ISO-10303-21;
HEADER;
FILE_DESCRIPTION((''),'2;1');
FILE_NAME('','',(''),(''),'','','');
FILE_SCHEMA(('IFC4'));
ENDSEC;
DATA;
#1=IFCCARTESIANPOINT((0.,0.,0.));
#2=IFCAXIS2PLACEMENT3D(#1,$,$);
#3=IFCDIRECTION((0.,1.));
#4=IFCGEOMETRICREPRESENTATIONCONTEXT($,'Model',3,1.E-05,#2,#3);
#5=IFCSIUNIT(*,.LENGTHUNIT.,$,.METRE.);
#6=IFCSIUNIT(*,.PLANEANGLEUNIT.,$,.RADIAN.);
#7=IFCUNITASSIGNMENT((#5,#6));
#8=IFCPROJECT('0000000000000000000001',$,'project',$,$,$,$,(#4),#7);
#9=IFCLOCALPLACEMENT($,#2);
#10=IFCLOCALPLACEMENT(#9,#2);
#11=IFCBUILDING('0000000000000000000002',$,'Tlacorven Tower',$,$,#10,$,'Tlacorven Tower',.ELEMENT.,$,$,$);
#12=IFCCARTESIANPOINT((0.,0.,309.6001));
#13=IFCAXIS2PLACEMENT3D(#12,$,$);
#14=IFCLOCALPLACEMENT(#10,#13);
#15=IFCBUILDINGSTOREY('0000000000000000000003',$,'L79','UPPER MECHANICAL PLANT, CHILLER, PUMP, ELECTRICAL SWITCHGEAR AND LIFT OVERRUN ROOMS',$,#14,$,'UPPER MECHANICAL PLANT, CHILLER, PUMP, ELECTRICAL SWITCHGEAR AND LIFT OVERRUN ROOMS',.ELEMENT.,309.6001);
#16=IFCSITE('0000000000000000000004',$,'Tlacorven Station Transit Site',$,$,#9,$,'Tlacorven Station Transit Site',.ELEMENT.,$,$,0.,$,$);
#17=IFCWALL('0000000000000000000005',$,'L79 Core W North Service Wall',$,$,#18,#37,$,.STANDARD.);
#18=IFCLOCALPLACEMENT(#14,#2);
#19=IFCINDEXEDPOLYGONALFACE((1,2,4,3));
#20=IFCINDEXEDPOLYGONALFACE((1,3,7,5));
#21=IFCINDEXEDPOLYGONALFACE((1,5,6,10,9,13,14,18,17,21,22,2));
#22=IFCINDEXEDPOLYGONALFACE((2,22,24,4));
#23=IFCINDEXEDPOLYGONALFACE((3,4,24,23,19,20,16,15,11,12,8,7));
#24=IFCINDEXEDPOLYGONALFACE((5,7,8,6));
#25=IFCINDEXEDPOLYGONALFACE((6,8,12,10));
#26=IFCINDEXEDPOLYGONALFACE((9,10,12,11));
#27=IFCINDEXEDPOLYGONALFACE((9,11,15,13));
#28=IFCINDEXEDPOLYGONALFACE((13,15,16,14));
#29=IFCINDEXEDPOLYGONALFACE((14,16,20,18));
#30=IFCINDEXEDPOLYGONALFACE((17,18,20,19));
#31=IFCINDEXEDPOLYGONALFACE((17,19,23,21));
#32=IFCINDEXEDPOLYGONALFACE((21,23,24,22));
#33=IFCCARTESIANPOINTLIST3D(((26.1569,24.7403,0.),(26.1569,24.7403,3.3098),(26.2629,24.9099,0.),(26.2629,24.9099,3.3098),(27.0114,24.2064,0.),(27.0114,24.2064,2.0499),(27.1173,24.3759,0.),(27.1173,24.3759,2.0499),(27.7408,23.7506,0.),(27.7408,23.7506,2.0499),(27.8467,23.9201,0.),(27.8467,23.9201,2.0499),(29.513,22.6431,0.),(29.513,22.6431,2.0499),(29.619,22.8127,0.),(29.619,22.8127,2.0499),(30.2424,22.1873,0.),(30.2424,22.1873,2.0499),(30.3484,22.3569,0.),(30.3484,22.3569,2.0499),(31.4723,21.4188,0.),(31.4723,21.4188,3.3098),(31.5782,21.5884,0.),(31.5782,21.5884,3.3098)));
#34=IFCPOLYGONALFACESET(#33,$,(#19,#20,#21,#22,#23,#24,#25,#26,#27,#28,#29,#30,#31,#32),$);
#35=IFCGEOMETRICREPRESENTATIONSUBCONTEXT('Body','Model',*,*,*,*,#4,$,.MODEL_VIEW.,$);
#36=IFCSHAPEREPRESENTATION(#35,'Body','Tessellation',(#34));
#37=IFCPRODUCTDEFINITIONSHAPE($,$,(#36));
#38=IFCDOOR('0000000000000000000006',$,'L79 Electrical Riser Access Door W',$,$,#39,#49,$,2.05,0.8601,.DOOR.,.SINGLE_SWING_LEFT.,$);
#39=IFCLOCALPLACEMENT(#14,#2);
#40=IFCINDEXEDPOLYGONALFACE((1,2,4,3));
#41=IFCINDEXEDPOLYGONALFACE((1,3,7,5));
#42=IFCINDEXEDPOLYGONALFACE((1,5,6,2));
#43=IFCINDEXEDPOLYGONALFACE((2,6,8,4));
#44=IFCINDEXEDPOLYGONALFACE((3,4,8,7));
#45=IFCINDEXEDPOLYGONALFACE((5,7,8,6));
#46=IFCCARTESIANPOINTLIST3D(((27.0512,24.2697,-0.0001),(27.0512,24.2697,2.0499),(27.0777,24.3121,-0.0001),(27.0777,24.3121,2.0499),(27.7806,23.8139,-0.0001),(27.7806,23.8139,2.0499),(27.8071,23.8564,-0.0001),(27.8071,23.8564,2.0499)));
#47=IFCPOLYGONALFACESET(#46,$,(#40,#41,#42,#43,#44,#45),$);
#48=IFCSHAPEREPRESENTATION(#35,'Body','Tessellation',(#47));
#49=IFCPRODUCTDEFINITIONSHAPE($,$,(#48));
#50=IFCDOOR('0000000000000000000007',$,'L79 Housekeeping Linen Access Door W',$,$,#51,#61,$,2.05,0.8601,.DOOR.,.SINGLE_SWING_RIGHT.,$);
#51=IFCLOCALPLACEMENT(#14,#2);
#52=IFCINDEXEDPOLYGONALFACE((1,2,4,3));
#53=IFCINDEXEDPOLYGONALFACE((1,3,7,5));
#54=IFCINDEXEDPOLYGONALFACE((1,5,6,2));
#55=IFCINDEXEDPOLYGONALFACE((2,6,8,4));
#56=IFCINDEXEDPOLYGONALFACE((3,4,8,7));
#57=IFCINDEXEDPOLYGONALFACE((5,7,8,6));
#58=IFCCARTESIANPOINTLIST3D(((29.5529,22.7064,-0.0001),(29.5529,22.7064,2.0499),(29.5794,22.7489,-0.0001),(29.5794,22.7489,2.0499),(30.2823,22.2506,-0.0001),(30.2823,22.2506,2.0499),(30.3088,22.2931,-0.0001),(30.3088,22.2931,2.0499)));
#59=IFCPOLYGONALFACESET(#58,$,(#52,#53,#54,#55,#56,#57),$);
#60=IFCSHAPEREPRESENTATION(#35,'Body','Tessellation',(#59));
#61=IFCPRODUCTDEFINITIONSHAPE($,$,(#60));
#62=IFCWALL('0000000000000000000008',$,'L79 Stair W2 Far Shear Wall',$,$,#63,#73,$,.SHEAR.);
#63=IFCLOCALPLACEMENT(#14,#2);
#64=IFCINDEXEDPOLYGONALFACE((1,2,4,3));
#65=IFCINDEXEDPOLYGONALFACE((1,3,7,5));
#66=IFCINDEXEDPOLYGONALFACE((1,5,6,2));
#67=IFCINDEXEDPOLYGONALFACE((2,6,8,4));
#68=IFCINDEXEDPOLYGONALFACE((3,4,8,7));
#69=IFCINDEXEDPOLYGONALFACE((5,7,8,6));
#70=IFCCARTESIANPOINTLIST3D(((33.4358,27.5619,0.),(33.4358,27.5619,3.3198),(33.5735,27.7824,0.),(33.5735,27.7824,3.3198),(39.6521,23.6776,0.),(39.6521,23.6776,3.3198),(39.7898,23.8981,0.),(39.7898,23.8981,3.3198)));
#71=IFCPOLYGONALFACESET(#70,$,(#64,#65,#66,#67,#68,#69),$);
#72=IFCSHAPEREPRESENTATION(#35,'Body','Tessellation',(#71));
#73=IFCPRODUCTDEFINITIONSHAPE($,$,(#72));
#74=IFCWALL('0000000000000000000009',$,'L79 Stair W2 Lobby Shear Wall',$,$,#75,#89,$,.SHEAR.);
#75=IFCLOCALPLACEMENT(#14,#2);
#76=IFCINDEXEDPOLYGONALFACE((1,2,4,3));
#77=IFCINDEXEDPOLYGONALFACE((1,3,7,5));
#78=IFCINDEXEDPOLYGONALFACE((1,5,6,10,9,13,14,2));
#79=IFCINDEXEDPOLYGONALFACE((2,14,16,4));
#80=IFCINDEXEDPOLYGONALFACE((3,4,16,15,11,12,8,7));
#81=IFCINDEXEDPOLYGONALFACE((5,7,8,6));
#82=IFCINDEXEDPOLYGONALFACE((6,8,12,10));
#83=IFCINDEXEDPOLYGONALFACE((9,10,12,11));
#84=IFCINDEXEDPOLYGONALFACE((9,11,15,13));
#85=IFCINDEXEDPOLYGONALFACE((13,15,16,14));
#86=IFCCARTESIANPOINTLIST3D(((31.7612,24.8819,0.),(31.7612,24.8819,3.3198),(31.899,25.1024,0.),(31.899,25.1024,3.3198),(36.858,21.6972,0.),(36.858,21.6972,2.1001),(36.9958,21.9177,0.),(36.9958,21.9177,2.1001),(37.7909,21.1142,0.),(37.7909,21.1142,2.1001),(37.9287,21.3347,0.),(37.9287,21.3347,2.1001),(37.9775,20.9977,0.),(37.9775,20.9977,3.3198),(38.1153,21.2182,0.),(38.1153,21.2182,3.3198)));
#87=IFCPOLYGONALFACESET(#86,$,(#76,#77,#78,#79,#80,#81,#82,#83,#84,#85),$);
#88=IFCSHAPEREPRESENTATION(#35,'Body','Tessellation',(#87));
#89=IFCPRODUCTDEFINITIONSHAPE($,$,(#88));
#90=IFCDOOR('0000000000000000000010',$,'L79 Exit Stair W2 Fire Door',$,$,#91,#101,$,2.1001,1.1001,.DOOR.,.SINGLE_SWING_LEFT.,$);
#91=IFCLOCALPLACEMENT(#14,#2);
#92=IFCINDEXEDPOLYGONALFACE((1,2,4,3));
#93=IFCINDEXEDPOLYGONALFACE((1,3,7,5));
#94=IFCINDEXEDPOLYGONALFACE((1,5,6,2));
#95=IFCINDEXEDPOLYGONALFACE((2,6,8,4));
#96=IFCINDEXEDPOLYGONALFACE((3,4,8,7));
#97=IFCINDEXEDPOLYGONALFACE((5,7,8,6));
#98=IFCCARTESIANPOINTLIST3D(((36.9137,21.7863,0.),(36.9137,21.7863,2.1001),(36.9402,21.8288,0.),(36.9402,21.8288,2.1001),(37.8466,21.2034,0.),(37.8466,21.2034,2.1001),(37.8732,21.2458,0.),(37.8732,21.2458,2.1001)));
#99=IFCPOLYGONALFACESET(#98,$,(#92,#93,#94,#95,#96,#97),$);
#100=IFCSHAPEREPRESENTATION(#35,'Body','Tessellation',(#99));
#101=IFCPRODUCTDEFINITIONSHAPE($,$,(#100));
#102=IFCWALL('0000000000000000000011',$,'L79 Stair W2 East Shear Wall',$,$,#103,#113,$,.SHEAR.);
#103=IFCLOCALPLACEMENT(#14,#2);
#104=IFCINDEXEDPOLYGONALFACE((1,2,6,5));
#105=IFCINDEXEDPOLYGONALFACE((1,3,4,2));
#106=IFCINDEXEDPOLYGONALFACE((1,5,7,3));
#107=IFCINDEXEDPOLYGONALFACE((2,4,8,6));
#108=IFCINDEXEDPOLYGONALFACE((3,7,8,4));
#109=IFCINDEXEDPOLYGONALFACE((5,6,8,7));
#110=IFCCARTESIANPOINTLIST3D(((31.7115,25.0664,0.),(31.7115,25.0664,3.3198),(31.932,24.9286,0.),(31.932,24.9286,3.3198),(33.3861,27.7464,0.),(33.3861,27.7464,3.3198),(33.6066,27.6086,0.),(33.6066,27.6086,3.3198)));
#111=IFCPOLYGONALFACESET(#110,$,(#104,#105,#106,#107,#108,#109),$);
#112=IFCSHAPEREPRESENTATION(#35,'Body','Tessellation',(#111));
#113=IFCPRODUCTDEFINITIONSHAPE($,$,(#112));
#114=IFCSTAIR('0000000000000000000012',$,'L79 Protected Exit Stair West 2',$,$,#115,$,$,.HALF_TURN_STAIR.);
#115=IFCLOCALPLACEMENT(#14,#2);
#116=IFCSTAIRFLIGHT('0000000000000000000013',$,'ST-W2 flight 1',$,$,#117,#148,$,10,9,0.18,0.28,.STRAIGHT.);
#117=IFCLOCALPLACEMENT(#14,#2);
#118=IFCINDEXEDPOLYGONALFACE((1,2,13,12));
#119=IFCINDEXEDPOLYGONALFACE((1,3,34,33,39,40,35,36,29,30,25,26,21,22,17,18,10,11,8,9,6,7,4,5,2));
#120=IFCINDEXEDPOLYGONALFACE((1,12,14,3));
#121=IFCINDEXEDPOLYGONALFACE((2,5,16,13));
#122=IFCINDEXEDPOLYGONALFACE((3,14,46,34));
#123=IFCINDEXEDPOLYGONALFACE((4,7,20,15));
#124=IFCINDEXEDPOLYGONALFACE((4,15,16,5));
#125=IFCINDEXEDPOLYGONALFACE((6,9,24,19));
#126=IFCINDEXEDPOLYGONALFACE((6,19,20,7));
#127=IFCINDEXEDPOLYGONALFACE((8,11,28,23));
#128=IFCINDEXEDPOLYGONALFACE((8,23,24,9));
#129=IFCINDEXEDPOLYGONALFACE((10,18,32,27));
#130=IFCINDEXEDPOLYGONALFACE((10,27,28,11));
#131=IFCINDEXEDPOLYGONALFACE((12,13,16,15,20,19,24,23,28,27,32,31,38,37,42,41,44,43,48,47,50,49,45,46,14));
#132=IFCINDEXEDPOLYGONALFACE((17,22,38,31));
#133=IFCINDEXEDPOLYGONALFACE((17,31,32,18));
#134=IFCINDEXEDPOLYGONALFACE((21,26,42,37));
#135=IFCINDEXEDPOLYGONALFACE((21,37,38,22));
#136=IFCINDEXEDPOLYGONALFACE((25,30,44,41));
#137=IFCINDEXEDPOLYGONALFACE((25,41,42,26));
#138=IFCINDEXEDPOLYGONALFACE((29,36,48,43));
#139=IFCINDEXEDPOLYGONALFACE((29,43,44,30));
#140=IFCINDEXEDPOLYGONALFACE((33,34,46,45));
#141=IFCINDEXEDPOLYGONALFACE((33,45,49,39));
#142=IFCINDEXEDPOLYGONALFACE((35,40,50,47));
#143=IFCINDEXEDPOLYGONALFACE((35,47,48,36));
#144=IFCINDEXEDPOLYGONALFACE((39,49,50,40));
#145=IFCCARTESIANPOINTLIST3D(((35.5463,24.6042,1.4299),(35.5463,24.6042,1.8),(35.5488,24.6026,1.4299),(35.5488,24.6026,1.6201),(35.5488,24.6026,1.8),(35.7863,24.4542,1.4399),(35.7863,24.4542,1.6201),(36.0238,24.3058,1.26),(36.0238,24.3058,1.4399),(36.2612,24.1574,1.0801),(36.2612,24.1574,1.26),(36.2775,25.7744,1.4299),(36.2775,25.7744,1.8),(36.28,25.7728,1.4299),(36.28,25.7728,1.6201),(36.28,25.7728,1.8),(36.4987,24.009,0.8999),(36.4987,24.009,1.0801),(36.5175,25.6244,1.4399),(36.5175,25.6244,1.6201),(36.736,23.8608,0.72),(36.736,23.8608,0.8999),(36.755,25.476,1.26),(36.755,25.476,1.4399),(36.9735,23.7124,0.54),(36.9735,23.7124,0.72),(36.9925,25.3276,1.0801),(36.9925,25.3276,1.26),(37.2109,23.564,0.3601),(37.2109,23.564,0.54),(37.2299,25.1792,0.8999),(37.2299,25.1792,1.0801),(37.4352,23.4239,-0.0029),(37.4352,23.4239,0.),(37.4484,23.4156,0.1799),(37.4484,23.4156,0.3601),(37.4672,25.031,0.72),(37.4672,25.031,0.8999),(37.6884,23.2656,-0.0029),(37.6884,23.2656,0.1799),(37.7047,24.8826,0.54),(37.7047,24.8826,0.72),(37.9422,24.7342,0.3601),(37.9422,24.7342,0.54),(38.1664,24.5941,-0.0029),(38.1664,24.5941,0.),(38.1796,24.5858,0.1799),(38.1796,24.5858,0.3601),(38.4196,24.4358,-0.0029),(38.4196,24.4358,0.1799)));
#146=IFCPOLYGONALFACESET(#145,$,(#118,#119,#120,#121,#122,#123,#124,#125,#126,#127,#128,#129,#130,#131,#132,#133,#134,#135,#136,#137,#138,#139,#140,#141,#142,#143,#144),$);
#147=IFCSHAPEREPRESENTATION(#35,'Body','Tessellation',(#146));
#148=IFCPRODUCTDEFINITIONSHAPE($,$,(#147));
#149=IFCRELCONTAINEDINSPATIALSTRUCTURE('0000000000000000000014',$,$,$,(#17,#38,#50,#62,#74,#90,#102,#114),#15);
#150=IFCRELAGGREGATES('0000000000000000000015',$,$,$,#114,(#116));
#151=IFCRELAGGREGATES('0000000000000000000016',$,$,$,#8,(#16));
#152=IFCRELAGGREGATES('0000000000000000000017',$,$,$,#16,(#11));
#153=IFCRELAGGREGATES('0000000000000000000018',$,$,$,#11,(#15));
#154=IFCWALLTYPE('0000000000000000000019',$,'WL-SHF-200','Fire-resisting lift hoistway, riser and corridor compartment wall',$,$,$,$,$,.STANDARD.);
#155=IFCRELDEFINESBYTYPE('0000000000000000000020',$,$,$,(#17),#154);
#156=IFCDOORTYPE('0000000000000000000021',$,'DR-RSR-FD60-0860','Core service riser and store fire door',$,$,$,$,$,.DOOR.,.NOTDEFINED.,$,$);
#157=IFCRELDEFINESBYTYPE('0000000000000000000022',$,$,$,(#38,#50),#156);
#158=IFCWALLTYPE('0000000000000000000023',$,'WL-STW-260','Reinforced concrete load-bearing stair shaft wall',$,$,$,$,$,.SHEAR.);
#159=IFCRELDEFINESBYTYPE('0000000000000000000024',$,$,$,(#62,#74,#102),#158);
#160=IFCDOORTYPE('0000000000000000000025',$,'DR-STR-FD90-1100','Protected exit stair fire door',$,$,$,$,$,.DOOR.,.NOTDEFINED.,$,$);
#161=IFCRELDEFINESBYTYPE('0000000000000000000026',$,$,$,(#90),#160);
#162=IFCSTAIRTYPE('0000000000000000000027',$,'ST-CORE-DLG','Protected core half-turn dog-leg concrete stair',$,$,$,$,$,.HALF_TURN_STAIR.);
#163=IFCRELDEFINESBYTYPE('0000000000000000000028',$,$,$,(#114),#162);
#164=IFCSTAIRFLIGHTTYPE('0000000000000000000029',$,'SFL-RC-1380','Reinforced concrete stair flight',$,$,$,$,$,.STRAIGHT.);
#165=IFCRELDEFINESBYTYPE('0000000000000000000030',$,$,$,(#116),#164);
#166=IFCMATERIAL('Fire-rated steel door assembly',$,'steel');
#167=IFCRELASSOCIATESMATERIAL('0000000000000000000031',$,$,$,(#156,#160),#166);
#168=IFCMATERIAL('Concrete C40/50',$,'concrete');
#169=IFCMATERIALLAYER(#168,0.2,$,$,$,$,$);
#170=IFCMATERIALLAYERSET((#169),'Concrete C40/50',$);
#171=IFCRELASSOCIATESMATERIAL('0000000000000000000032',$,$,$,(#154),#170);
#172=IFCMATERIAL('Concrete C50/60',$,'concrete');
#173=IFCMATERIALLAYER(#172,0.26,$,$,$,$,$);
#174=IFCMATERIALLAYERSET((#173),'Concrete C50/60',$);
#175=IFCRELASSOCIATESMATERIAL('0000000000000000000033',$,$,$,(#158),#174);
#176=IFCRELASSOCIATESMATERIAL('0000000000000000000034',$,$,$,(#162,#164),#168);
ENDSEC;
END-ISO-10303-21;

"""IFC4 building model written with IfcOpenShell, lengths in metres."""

from ifc_helpers import new_model, si_unit, direction, frame, frame_2d, origin, place, context, subcontext, project, spatial, polyline, rectangle, outline, extrude, source, transform, mapped, material, layer, layer_set, type_object, element, fill, aggregate, save


model = new_model("IFC4")

# Units and contexts
model_context = context("Model", 3, precision=1e-05, world=origin(), true_north=direction((0.0, 1.0)))
body_context = subcontext(model_context, "Body", "Model", "MODEL_VIEW")
ifc_project = project(units=[si_unit("LENGTHUNIT", "METRE"), si_unit("PLANEANGLEUNIT", "RADIAN")], contexts=[model_context])

# Site, building, storey
site_placement = place(None, origin())
site = spatial("IfcSite", under=ifc_project, at=site_placement, Name="Tlacorven Station Transit Site", LongName="Tlacorven Station Transit Site", CompositionType="ELEMENT", RefElevation=0.0)
building_placement = place(site_placement, origin())
building = spatial("IfcBuilding", under=site, at=building_placement, Name="Tlacorven Tower", LongName="Tlacorven Tower", CompositionType="ELEMENT")
storey_placement = place(building_placement, frame((0.0, 0.0, 309.6001)))
storey = spatial("IfcBuildingStorey", under=building, at=storey_placement, Name="L79", Description="UPPER MECHANICAL PLANT, CHILLER, PUMP, ELECTRICAL SWITCHGEAR AND LIFT OVERRUN ROOMS", LongName="UPPER MECHANICAL PLANT, CHILLER, PUMP, ELECTRICAL SWITCHGEAR AND LIFT OVERRUN ROOMS", CompositionType="ELEMENT", Elevation=309.6001)

# Shared definitions
ifc_material_1 = material(Name="Concrete C50/60", Category="concrete")

# Shared definitions
ifc_material_2 = material(Name="Fire-rated steel door assembly", Category="steel")
door_type_1 = type_object("IfcDoorType", Name="DR-RSR-FD60-0860", Description="Core service riser and store fire door", OperationType="NOTDEFINED", PredefinedType="DOOR", material=ifc_material_2)
shared_shape_1 = source(origin(), body_context, "Body", "SweptSolid", [
    extrude(rectangle(XDim=0.8601, YDim=2.05, at=frame_2d((0.4302, 1.0249))), frame((0.0, 0.0249, 0.0), z_axis=(0.0, -1.0, 0.0), x_axis=(1.0, 0.0, 0.0)), (0.0, 0.0, 1.0), 0.05),
])

# Shared definitions
ifc_material_3 = material(Name="Concrete C40/50", Category="concrete")
ifc_layer_1 = layer(ifc_material_3, 0.2)
ifc_layer_set_1 = layer_set([ifc_layer_1], Name="Concrete C40/50")
wall_type_1 = type_object("IfcWallType", Name="WL-SHF-200", Description="Fire-resisting lift hoistway, riser and corridor compartment wall", PredefinedType="STANDARD", material=ifc_layer_set_1)

# Wall, openings, doors
wall_1_placement = place(storey_placement, frame((31.5251, 21.5037, 0.0), z_axis=(0.0, 0.0, 1.0), x_axis=(-0.848042, 0.529929, 0.0)))
wall_1 = element("IfcWall", 1, at=wall_1_placement, inside=storey, type_object=wall_type_1, Name="L79 Core W North Service Wall", PredefinedType="STANDARD", context=body_context, shape_type="SweptSolid", body=[
    extrude(rectangle(XDim=6.2678, YDim=0.2, at=frame_2d((3.1338, 0.0))), origin(), (0.0, 0.0, 1.0), 3.3098),
])
opening_1_placement = place(wall_1_placement, frame((4.3999, 0.0, 0.0)))
opening_1 = element("IfcOpeningElement", 2, at=opening_1_placement, cuts=wall_1, PredefinedType="OPENING", context=body_context, shape_type="SweptSolid", body=[
    extrude(rectangle(XDim=0.8601, YDim=2.05, at=frame_2d((0.4302, 1.0249))), frame((0.0, 0.1099, 0.0), z_axis=(0.0, -1.0, 0.0), x_axis=(1.0, 0.0, 0.0)), (0.0, 0.0, 1.0), 0.22),
])
opening_2_placement = place(wall_1_placement, frame((1.45, 0.0, 0.0)))
opening_2 = element("IfcOpeningElement", 3, at=opening_2_placement, cuts=wall_1, PredefinedType="OPENING", context=body_context, shape_type="SweptSolid", body=[
    extrude(rectangle(XDim=0.8601, YDim=2.05, at=frame_2d((0.4302, 1.0249))), frame((0.0, 0.1099, 0.0), z_axis=(0.0, -1.0, 0.0), x_axis=(1.0, 0.0, 0.0)), (0.0, 0.0, 1.0), 0.22),
])
door_1_placement = place(opening_1_placement, frame((0.8601, 0.0, 0.0), z_axis=(0.0, 0.0, 1.0), x_axis=(-1.0, 0.0, 0.0)))
door_1 = element("IfcDoor", 4, at=door_1_placement, inside=storey, type_object=door_type_1, Name="L79 Electrical Riser Access Door W", OperationType="SINGLE_SWING_LEFT", OverallHeight=2.05, OverallWidth=0.8601, PredefinedType="DOOR", context=body_context, shape_type="MappedRepresentation", body=[
    mapped(shared_shape_1, transform((0.0, 0.0, 0.0), scale=1.0)),
])
fill(opening_1, door_1)
door_2_placement = place(opening_2_placement, frame((0.8601, 0.0, 0.0), z_axis=(0.0, 0.0, 1.0), x_axis=(-1.0, 0.0, 0.0)))
door_2 = element("IfcDoor", 5, at=door_2_placement, inside=storey, type_object=door_type_1, Name="L79 Housekeeping Linen Access Door W", OperationType="SINGLE_SWING_RIGHT", OverallHeight=2.05, OverallWidth=0.8601, PredefinedType="DOOR", context=body_context, shape_type="MappedRepresentation", body=[
    mapped(shared_shape_1, transform((0.0, 0.0, 0.0), scale=1.0)),
])
fill(opening_2, door_2)

# Wall
ifc_layer_2 = layer(ifc_material_1, 0.26)
ifc_layer_set_2 = layer_set([ifc_layer_2], Name="Concrete C50/60")
wall_type_2 = type_object("IfcWallType", Name="WL-STW-260", Description="Reinforced concrete load-bearing stair shaft wall", PredefinedType="SHEAR", material=ifc_layer_set_2)
wall_2_placement = place(storey_placement, frame((39.7209, 23.7878, 0.0), z_axis=(0.0, 0.0, 1.0), x_axis=(-0.848054, 0.529909, 0.0)))
element("IfcWall", 6, at=wall_2_placement, inside=storey, type_object=wall_type_2, Name="L79 Stair W2 Far Shear Wall", PredefinedType="SHEAR", context=body_context, shape_type="SweptSolid", body=[
    extrude(rectangle(XDim=7.3301, YDim=0.26, at=frame_2d((3.665, 0.0))), origin(), (0.0, 0.0, 1.0), 3.3198),
])

# Wall, opening, door
wall_3_placement = place(storey_placement, frame((38.0464, 21.1079, 0.0), z_axis=(0.0, 0.0, 1.0), x_axis=(-0.848054, 0.529909, 0.0)))
wall_3 = element("IfcWall", 7, at=wall_3_placement, inside=storey, type_object=wall_type_2, Name="L79 Stair W2 Lobby Shear Wall", PredefinedType="SHEAR", context=body_context, shape_type="SweptSolid", body=[
    extrude(rectangle(XDim=7.3301, YDim=0.26, at=frame_2d((3.665, 0.0))), origin(), (0.0, 0.0, 1.0), 3.3198),
])
opening_3_placement = place(wall_3_placement, frame((0.22, 0.0, 0.0)))
opening_3 = element("IfcOpeningElement", 8, at=opening_3_placement, cuts=wall_3, PredefinedType="OPENING", context=body_context, shape_type="SweptSolid", body=[
    extrude(rectangle(XDim=1.1001, YDim=2.1001, at=frame_2d((0.55, 1.05))), frame((0.0, 0.1401, 0.0), z_axis=(0.0, -1.0, 0.0), x_axis=(1.0, 0.0, 0.0)), (0.0, 0.0, 1.0), 0.28),
])
door_type_2 = type_object("IfcDoorType", Name="DR-STR-FD90-1100", Description="Protected exit stair fire door", OperationType="NOTDEFINED", PredefinedType="DOOR", material=ifc_material_2)
shared_shape_2 = source(origin(), body_context, "Body", "SweptSolid", [
    extrude(rectangle(XDim=1.1001, YDim=2.1001, at=frame_2d((0.55, 1.05))), frame((0.0, 0.0249, 0.0), z_axis=(0.0, -1.0, 0.0), x_axis=(1.0, 0.0, 0.0)), (0.0, 0.0, 1.0), 0.05),
])
door_3_placement = place(opening_3_placement, origin())
door_3 = element("IfcDoor", 9, at=door_3_placement, inside=storey, type_object=door_type_2, Name="L79 Exit Stair W2 Fire Door", OperationType="SINGLE_SWING_LEFT", OverallHeight=2.1001, OverallWidth=1.1001, PredefinedType="DOOR", context=body_context, shape_type="MappedRepresentation", body=[
    mapped(shared_shape_2, transform((0.0, 0.0, 0.0), scale=1.0)),
])
fill(opening_3, door_3)

# Wall
wall_4_placement = place(storey_placement, frame((33.4963, 27.6775, 0.0), z_axis=(0.0, 0.0, 1.0), x_axis=(-0.529909, -0.848055, 0.0)))
element("IfcWall", 10, at=wall_4_placement, inside=storey, type_object=wall_type_2, Name="L79 Stair W2 East Shear Wall", PredefinedType="SHEAR", context=body_context, shape_type="SweptSolid", body=[
    extrude(rectangle(XDim=3.1602, YDim=0.26, at=frame_2d((1.5801, 0.0))), origin(), (0.0, 0.0, 1.0), 3.3198),
])

# Stair, stair flight
stair_type = type_object("IfcStairType", Name="ST-CORE-DLG", Description="Protected core half-turn dog-leg concrete stair", PredefinedType="HALF_TURN_STAIR", material=ifc_material_3)
stair_placement = place(storey_placement, origin())
stair = element("IfcStair", 11, at=stair_placement, inside=storey, type_object=stair_type, Name="L79 Protected Exit Stair West 2", PredefinedType="HALF_TURN_STAIR")
stair_flight_type = type_object("IfcStairFlightType", Name="SFL-RC-1380", Description="Reinforced concrete stair flight", PredefinedType="STRAIGHT", material=ifc_material_3)
shared_shape_3 = source(origin(), body_context, "Body", "SweptSolid", [
    extrude(outline(polyline([(-0.0029, -0.0029), (-0.0029, 0.1799), (0.28, 0.1799), (0.28, 0.3601), (0.5601, 0.3601), (0.5601, 0.54), (0.8401, 0.54), (0.8401, 0.72), (1.1201, 0.72), (1.1201, 0.8999), (1.3999, 0.8999), (1.3999, 1.0801), (1.6799, 1.0801), (1.6799, 1.26), (1.96, 1.26), (1.96, 1.4399), (2.24, 1.4399), (2.24, 1.6201), (2.52, 1.6201), (2.52, 1.8), (2.5229, 1.8), (2.5229, 1.4299), (2.52, 1.4299), (0.2957, 0.0), (0.2957, -0.0029), (-0.0029, -0.0029)])), frame((0.0, 0.6899, 0.0), z_axis=(0.0, -1.0, 0.0), x_axis=(1.0, 0.0, 0.0)), (0.0, 0.0, 1.0), 1.3799),
])
stair_flight_1_placement = place(storey_placement, frame((38.0515, 23.8523, 0.0), z_axis=(0.0, 0.0, 1.0), x_axis=(-0.848048, 0.529919, 0.0)))
stair_flight_1 = element("IfcStairFlight", 12, at=stair_flight_1_placement, type_object=stair_flight_type, Name="ST-W2 flight 1", NumberOfRisers=10, NumberOfTreads=9, PredefinedType="STRAIGHT", RiserHeight=0.18, TreadLength=0.28, context=body_context, shape_type="MappedRepresentation", body=[
    mapped(shared_shape_3, transform((0.0, 0.0, 0.0), scale=1.0)),
])
aggregate(stair, [stair_flight_1])

save(model, "model.ifc")
